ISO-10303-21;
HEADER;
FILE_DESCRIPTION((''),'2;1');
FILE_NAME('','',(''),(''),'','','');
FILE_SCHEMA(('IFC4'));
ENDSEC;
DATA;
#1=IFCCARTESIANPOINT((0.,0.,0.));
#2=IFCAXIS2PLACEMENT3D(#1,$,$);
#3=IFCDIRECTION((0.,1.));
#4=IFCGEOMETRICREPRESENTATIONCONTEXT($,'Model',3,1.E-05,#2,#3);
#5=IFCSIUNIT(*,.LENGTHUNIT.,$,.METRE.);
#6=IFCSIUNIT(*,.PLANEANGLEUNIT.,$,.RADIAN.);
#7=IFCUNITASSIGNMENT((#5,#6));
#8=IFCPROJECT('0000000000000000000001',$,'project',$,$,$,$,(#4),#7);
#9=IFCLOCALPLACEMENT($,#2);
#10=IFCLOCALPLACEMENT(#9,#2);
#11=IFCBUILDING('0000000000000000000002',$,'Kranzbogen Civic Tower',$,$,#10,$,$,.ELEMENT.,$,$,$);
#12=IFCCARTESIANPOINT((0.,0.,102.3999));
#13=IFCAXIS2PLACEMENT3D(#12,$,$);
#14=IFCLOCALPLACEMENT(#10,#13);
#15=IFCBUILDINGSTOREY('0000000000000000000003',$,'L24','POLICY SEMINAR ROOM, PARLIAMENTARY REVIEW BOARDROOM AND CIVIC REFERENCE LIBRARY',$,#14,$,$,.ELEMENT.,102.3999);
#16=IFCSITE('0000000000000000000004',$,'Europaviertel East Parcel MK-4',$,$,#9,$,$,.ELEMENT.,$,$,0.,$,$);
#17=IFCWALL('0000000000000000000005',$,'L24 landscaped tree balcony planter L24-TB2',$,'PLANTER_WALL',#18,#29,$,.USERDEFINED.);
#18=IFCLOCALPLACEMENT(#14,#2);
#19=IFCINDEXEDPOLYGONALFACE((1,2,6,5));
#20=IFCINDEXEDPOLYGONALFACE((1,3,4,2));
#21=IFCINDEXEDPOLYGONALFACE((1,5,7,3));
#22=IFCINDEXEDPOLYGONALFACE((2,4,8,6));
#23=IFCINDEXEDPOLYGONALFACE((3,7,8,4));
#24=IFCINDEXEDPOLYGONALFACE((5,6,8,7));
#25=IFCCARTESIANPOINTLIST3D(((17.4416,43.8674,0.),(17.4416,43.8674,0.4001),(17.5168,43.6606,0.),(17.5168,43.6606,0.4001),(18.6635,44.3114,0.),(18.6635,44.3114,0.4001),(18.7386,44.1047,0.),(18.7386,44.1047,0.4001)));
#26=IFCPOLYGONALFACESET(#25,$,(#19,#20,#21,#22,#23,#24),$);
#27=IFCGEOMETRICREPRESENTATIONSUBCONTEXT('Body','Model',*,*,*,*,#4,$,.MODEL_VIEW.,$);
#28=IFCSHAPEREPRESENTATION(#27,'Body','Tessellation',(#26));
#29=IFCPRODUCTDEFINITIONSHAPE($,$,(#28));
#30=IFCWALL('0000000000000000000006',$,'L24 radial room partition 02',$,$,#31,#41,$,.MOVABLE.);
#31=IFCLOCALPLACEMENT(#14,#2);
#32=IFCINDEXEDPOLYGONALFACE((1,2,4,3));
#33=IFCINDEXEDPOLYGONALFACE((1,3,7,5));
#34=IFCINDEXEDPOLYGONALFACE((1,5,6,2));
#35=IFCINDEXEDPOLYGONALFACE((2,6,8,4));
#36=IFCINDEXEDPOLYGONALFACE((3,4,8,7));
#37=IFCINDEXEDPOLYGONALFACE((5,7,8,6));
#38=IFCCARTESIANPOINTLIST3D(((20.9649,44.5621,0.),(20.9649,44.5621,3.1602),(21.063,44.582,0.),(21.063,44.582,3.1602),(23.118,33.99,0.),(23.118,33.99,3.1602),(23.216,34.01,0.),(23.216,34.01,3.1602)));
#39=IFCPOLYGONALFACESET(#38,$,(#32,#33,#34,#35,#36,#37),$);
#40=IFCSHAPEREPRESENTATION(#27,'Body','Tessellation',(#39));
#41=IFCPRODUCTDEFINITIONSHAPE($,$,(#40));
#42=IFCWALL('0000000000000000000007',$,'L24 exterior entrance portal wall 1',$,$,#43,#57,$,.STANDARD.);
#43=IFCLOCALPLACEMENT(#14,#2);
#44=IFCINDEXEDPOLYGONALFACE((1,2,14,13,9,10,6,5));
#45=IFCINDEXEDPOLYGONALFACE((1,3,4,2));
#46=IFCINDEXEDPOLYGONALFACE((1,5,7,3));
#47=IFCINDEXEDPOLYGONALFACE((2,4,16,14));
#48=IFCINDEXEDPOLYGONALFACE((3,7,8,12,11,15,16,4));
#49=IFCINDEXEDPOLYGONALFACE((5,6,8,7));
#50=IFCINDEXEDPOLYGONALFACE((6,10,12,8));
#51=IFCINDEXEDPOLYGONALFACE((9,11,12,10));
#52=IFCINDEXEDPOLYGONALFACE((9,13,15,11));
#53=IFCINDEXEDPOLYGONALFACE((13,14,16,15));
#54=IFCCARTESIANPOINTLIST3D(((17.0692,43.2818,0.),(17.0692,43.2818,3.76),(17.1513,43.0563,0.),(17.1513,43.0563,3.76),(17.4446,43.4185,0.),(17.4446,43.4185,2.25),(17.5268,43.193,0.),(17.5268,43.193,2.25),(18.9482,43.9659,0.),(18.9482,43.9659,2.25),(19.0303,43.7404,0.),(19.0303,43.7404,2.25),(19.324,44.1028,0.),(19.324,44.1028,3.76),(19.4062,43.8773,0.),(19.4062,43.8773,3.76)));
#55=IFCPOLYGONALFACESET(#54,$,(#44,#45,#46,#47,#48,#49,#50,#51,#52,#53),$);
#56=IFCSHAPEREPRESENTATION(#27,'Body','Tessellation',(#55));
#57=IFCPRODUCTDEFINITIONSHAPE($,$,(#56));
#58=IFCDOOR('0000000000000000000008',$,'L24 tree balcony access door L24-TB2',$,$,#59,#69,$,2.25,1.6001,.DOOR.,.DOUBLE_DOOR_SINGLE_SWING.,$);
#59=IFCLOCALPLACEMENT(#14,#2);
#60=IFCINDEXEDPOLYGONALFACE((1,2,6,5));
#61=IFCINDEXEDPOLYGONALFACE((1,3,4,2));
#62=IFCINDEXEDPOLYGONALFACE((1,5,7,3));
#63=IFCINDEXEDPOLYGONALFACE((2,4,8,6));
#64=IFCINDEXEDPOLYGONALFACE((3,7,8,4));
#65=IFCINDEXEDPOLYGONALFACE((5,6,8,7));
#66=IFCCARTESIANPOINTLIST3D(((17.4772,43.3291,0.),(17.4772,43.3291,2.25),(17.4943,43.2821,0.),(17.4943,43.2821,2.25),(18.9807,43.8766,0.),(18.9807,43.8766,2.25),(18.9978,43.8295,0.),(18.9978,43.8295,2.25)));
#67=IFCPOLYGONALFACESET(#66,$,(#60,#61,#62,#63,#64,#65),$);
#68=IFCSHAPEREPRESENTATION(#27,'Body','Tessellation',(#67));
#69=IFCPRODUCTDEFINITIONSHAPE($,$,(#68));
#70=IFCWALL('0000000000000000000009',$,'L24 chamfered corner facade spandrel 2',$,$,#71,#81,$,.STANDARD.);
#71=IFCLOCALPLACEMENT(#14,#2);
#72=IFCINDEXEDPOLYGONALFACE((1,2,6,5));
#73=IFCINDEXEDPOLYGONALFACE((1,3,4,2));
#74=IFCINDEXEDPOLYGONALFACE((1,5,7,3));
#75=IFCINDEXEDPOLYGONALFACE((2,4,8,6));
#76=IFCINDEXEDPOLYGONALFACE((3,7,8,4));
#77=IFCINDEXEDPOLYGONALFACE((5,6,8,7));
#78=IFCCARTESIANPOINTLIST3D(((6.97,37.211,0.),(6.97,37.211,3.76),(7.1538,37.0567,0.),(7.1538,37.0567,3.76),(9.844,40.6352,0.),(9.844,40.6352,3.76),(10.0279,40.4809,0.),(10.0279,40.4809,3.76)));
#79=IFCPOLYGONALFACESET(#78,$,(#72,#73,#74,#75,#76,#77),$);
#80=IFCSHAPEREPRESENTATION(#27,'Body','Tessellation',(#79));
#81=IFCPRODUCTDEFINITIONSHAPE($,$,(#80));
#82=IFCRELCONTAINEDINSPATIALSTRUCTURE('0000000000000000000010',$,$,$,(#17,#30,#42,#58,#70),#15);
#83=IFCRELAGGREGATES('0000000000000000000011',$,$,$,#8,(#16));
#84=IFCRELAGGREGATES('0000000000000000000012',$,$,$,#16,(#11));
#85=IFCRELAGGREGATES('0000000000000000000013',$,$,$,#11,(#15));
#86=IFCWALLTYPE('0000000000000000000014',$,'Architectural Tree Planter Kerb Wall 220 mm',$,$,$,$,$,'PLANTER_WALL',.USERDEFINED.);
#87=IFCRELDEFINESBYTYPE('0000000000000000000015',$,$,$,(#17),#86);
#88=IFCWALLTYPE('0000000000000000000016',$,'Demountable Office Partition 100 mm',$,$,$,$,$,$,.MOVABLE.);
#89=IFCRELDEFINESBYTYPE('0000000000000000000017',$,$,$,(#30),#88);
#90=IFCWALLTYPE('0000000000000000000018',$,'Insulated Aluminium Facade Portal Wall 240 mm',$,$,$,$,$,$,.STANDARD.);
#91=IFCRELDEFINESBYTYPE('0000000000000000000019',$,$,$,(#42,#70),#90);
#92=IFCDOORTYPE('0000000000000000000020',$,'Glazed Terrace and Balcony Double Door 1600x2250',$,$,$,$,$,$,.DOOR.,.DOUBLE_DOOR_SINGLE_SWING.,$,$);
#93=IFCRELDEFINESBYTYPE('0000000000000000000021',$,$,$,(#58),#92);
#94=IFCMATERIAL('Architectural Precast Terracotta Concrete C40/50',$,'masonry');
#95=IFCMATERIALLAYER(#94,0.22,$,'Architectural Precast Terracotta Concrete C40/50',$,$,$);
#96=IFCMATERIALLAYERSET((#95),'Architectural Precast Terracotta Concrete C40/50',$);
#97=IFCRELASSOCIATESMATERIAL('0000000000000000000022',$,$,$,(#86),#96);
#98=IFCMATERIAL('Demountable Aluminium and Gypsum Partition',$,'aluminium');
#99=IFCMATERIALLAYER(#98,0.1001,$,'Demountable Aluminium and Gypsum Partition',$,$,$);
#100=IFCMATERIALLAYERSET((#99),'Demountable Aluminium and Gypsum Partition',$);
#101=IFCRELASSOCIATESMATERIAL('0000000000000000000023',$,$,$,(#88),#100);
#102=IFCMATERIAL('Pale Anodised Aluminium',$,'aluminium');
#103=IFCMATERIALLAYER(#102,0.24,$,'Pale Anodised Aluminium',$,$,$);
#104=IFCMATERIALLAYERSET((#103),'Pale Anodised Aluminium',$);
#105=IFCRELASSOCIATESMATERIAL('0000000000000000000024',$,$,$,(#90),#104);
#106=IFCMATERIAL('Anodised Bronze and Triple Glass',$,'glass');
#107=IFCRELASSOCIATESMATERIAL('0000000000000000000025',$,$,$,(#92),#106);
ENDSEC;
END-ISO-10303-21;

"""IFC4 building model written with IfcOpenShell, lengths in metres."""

from ifc_helpers import new_model, si_unit, direction, frame, frame_2d, origin, place, context, subcontext, project, spatial, rectangle, extrude, material, layer, layer_set, type_object, element, fill, save


model = new_model("IFC4")

# Units and contexts
model_context = context("Model", 3, precision=1e-05, world=origin(), true_north=direction((0.0, 1.0)))
body_context = subcontext(model_context, "Body", "Model", "MODEL_VIEW")
ifc_project = project(units=[si_unit("LENGTHUNIT", "METRE"), si_unit("PLANEANGLEUNIT", "RADIAN")], contexts=[model_context])

# Site, building, storey
site_placement = place(None, origin())
site = spatial("IfcSite", under=ifc_project, at=site_placement, Name="Europaviertel East Parcel MK-4", CompositionType="ELEMENT", RefElevation=0.0)
building_placement = place(site_placement, origin())
building = spatial("IfcBuilding", under=site, at=building_placement, Name="Kranzbogen Civic Tower", CompositionType="ELEMENT")
storey_placement = place(building_placement, frame((0.0, 0.0, 102.3999)))
storey = spatial("IfcBuildingStorey", under=building, at=storey_placement, Name="L24", Description="POLICY SEMINAR ROOM, PARLIAMENTARY REVIEW BOARDROOM AND CIVIC REFERENCE LIBRARY", CompositionType="ELEMENT", Elevation=102.3999)

# Shared definitions
ifc_material_1 = material(Name="Pale Anodised Aluminium", Category="aluminium")

# Walls
ifc_material_2 = material(Name="Architectural Precast Terracotta Concrete C40/50", Category="masonry")
ifc_layer_1 = layer(ifc_material_2, 0.22, Name="Architectural Precast Terracotta Concrete C40/50")
ifc_layer_set_1 = layer_set([ifc_layer_1], Name="Architectural Precast Terracotta Concrete C40/50")
wall_type_1 = type_object("IfcWallType", Name="Architectural Tree Planter Kerb Wall 220 mm", ElementType="PLANTER_WALL", PredefinedType="USERDEFINED", material=ifc_layer_set_1)
wall_1_placement = place(storey_placement, frame((18.7009, 44.208, 0.0), z_axis=(0.0, 0.0, 1.0), x_axis=(-0.939854, -0.341577, 0.0)))
element("IfcWall", 1, at=wall_1_placement, inside=storey, type_object=wall_type_1, Name="L24 landscaped tree balcony planter L24-TB2", ObjectType="PLANTER_WALL", PredefinedType="USERDEFINED", context=body_context, shape_type="SweptSolid", body=[
    extrude(rectangle(XDim=1.3, YDim=0.22, at=frame_2d((0.6499, 0.0))), origin(), (0.0, 0.0, 1.0), 0.4001),
])
ifc_material_3 = material(Name="Demountable Aluminium and Gypsum Partition", Category="aluminium")
ifc_layer_2 = layer(ifc_material_3, 0.1001, Name="Demountable Aluminium and Gypsum Partition")
ifc_layer_set_2 = layer_set([ifc_layer_2], Name="Demountable Aluminium and Gypsum Partition")
wall_type_2 = type_object("IfcWallType", Name="Demountable Office Partition 100 mm", PredefinedType="MOVABLE", material=ifc_layer_set_2)
wall_2_placement = place(storey_placement, frame((23.167, 34.0, 0.0), z_axis=(0.0, 0.0, 1.0), x_axis=(-0.199561, 0.979885, 0.0)))
element("IfcWall", 2, at=wall_2_placement, inside=storey, type_object=wall_type_2, Name="L24 radial room partition 02", PredefinedType="MOVABLE", context=body_context, shape_type="SweptSolid", body=[
    extrude(rectangle(XDim=10.7891, YDim=0.1001, at=frame_2d((5.3945, 0.0))), origin(), (0.0, 0.0, 1.0), 3.1602),
])

# Wall, opening, door
ifc_layer_3 = layer(ifc_material_1, 0.24, Name="Pale Anodised Aluminium")
ifc_layer_set_3 = layer_set([ifc_layer_3], Name="Pale Anodised Aluminium")
wall_type_3 = type_object("IfcWallType", Name="Insulated Aluminium Facade Portal Wall 240 mm", PredefinedType="STANDARD", material=ifc_layer_set_3)
wall_3_placement = place(storey_placement, frame((19.365, 43.99, 0.0), z_axis=(0.0, 0.0, 1.0), x_axis=(-0.939648, -0.342143, 0.0)))
wall_3 = element("IfcWall", 3, at=wall_3_placement, inside=storey, type_object=wall_type_3, Name="L24 exterior entrance portal wall 1", PredefinedType="STANDARD", context=body_context, shape_type="SweptSolid", body=[
    extrude(rectangle(XDim=2.3997, YDim=0.24, at=frame_2d((1.1997, 0.0))), origin(), (0.0, 0.0, 1.0), 3.76),
])
opening_1_placement = place(wall_3_placement, frame((0.3999, 0.0, 0.0)))
opening_1 = element("IfcOpeningElement", 4, at=opening_1_placement, cuts=wall_3, PredefinedType="OPENING", context=body_context, shape_type="SweptSolid", body=[
    extrude(rectangle(XDim=1.6001, YDim=2.25, at=frame_2d((0.8, 1.125))), frame((0.0, 0.1299, 0.0), z_axis=(0.0, -1.0, 0.0), x_axis=(1.0, 0.0, 0.0)), (0.0, 0.0, 1.0), 0.26),
])
ifc_material_4 = material(Name="Anodised Bronze and Triple Glass", Category="glass")
door_type_1 = type_object("IfcDoorType", Name="Glazed Terrace and Balcony Double Door 1600x2250", OperationType="DOUBLE_DOOR_SINGLE_SWING", PredefinedType="DOOR", material=ifc_material_4)
door_1_placement = place(opening_1_placement, frame((1.6001, 0.0, 0.0), z_axis=(0.0, 0.0, 1.0), x_axis=(-1.0, 0.0, 0.0)))
door_1 = element("IfcDoor", 5, at=door_1_placement, inside=storey, type_object=door_type_1, Name="L24 tree balcony access door L24-TB2", OperationType="DOUBLE_DOOR_SINGLE_SWING", OverallHeight=2.25, OverallWidth=1.6001, PredefinedType="DOOR", context=body_context, shape_type="SweptSolid", body=[
    extrude(rectangle(XDim=1.6001, YDim=2.25, at=frame_2d((0.8, 1.125))), frame((0.0, 0.0249, 0.0), z_axis=(0.0, -1.0, 0.0), x_axis=(1.0, 0.0, 0.0)), (0.0, 0.0, 1.0), 0.05),
])
fill(opening_1, door_1)

# Wall
wall_4_placement = place(storey_placement, frame((9.936, 40.5581, 0.0), z_axis=(0.0, 0.0, 1.0), x_axis=(-0.642904, -0.765947, 0.0)))
element("IfcWall", 6, at=wall_4_placement, inside=storey, type_object=wall_type_3, Name="L24 chamfered corner facade spandrel 2", PredefinedType="STANDARD", context=body_context, shape_type="SweptSolid", body=[
    extrude(rectangle(XDim=4.4705, YDim=0.24, at=frame_2d((2.2354, 0.0))), origin(), (0.0, 0.0, 1.0), 3.76),
])

save(model, "model.ifc")
